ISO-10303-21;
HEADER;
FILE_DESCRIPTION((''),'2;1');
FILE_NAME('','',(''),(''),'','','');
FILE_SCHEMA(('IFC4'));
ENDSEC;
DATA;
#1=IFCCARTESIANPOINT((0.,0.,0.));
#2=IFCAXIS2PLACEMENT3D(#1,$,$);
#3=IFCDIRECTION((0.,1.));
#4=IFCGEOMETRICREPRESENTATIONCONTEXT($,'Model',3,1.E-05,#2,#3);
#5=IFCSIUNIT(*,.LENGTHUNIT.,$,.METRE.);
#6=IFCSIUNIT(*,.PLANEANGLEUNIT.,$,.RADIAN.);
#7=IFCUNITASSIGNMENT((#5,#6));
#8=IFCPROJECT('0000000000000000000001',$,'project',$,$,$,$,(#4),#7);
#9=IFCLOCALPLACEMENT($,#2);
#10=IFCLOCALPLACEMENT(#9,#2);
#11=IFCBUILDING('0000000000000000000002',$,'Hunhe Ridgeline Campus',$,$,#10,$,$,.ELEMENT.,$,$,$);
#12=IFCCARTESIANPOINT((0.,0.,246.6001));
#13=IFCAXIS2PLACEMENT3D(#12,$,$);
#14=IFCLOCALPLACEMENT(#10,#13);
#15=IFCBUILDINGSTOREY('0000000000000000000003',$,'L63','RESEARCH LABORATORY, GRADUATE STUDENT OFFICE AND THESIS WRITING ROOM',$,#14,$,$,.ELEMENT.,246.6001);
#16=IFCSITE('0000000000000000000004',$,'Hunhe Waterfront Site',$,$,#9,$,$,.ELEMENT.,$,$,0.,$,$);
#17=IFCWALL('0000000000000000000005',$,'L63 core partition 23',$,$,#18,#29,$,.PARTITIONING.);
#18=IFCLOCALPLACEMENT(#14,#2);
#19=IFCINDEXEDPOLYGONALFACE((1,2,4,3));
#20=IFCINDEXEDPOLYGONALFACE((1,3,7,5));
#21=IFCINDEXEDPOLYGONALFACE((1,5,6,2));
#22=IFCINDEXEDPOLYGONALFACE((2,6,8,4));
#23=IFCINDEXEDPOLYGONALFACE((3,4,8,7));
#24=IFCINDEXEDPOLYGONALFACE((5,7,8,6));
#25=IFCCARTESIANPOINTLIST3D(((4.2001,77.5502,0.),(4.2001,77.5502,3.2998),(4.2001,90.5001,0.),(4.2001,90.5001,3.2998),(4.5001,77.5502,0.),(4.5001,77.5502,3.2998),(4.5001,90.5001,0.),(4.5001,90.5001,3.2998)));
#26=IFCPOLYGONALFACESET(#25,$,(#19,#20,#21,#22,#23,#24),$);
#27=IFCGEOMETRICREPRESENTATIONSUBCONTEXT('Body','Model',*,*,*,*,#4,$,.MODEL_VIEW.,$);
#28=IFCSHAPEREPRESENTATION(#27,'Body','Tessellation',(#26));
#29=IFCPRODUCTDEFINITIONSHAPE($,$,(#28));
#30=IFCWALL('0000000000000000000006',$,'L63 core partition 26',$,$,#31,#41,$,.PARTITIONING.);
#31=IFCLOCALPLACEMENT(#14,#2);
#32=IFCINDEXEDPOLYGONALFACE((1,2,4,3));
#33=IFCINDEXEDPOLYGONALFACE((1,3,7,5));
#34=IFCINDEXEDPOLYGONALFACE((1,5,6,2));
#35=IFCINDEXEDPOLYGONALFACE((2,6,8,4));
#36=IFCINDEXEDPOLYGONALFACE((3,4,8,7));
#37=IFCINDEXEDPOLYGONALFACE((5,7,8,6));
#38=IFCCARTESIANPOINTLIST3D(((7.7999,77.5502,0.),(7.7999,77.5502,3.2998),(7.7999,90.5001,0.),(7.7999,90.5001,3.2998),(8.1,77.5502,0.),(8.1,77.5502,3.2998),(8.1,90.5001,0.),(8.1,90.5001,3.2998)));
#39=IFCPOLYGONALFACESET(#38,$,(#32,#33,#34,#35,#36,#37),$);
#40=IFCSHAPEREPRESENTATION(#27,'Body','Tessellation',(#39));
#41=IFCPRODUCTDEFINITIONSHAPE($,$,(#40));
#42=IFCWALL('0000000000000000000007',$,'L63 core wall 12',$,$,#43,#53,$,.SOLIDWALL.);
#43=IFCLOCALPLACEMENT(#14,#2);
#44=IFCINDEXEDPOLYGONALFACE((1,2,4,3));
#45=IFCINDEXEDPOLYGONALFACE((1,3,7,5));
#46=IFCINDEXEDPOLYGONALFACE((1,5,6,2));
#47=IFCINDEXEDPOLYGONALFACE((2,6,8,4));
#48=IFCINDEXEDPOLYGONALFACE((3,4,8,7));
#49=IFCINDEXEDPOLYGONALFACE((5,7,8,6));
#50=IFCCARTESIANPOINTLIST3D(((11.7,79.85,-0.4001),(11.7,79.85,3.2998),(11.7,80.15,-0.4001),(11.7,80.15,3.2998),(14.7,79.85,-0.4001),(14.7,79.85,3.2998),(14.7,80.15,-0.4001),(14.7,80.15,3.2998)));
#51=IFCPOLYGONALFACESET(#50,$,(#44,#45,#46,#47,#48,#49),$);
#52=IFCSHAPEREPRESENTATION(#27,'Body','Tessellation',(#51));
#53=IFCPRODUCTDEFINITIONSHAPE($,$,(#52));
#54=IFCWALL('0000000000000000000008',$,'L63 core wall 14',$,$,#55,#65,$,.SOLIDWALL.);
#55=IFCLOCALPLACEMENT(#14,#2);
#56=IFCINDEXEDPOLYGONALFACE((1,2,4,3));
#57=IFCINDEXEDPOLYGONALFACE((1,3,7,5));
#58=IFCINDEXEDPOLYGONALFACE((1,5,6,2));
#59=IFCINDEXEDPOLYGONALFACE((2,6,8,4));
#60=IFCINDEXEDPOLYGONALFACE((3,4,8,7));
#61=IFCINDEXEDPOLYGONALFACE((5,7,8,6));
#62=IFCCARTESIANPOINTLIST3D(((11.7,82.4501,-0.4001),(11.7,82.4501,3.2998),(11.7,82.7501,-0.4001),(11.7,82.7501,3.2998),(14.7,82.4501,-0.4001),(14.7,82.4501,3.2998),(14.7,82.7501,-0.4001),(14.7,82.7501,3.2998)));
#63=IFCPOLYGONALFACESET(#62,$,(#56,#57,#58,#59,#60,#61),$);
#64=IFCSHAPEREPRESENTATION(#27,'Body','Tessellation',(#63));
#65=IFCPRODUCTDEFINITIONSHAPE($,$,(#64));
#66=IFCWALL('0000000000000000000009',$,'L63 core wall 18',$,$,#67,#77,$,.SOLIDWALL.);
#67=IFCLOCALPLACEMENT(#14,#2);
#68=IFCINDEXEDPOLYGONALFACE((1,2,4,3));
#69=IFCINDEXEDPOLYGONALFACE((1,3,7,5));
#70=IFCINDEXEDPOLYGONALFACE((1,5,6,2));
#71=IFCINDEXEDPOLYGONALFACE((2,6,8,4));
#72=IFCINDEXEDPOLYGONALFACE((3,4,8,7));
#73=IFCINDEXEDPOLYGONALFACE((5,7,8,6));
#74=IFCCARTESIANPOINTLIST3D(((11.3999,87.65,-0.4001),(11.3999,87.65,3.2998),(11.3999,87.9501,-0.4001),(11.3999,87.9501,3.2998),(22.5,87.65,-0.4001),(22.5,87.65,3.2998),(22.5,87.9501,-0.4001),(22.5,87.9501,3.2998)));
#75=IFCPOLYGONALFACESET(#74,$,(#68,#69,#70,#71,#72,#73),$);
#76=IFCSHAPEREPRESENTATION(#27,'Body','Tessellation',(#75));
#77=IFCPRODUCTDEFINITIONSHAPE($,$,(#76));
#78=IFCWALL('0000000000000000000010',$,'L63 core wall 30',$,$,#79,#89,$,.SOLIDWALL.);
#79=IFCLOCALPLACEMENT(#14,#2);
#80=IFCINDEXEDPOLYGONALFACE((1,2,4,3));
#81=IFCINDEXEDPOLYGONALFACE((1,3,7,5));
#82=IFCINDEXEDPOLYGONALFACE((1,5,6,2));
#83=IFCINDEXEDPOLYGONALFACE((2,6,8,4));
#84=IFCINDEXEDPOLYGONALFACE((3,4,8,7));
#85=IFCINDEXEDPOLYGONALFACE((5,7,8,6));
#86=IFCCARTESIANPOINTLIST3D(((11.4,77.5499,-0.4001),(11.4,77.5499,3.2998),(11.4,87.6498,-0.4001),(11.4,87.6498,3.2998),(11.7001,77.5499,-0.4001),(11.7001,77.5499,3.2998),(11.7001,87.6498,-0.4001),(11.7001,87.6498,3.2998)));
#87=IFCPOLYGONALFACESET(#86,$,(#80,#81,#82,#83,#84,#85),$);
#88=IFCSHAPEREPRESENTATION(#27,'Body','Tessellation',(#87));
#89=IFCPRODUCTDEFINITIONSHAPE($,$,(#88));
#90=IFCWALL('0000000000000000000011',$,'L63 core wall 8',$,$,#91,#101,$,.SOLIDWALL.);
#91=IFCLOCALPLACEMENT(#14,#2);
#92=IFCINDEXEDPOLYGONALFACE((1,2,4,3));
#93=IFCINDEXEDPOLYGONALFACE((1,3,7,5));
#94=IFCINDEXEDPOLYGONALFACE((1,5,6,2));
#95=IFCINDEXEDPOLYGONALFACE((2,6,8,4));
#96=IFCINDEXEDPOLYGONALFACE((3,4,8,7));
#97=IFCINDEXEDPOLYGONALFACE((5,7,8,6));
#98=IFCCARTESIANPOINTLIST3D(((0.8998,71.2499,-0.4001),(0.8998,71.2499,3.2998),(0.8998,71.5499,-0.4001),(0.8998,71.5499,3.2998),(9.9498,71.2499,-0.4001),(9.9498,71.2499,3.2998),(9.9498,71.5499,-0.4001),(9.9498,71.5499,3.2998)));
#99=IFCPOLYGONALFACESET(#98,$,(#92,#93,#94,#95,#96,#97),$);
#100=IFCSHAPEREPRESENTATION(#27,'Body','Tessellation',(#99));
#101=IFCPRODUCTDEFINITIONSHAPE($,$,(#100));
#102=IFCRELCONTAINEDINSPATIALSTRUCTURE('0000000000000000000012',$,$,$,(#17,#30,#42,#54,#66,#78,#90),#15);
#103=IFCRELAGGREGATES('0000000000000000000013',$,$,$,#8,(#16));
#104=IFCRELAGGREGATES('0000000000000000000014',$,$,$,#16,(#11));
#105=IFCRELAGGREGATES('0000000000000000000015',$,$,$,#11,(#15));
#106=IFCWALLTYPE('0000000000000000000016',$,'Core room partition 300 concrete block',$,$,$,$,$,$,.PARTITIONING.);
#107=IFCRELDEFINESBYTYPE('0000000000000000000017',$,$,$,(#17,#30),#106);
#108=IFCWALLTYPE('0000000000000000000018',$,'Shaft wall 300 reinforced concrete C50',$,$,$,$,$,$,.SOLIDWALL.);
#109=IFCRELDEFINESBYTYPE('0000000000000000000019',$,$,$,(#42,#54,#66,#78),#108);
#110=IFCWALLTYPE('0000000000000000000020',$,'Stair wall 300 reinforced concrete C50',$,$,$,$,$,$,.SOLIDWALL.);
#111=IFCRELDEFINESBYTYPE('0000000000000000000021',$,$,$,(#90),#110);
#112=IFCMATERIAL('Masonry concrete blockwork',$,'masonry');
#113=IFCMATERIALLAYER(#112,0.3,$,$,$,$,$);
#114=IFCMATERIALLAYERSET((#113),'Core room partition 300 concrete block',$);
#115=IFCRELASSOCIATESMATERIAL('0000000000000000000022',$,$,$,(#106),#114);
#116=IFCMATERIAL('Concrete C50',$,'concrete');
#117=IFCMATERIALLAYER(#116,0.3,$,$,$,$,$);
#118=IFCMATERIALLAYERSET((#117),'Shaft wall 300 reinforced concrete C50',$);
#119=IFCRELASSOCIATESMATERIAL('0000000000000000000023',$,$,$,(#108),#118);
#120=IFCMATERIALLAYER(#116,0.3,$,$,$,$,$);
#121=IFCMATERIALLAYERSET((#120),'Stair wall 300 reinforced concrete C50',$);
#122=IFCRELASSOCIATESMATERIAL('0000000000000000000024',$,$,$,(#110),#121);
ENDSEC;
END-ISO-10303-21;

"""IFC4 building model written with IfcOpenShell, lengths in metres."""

from ifc_helpers import new_model, si_unit, direction, frame, frame_2d, origin, place, context, subcontext, project, spatial, rectangle, extrude, material, layer, layer_set, type_object, element, save


model = new_model("IFC4")

# Units and contexts
model_context = context("Model", 3, precision=1e-05, world=origin(), true_north=direction((0.0, 1.0)))
body_context = subcontext(model_context, "Body", "Model", "MODEL_VIEW")
ifc_project = project(units=[si_unit("LENGTHUNIT", "METRE"), si_unit("PLANEANGLEUNIT", "RADIAN")], contexts=[model_context])

# Site, building, storey
site_placement = place(None, origin())
site = spatial("IfcSite", under=ifc_project, at=site_placement, Name="Hunhe Waterfront Site", CompositionType="ELEMENT", RefElevation=0.0)
building_placement = place(site_placement, origin())
building = spatial("IfcBuilding", under=site, at=building_placement, Name="Hunhe Ridgeline Campus", CompositionType="ELEMENT")
storey_placement = place(building_placement, frame((0.0, 0.0, 246.6001)))
storey = spatial("IfcBuildingStorey", under=building, at=storey_placement, Name="L63", Description="RESEARCH LABORATORY, GRADUATE STUDENT OFFICE AND THESIS WRITING ROOM", CompositionType="ELEMENT", Elevation=246.6001)

# Shared definitions
ifc_material_1 = material(Name="Masonry concrete blockwork", Category="masonry")
ifc_layer_1 = layer(ifc_material_1, 0.3)
ifc_layer_set_1 = layer_set([ifc_layer_1], Name="Core room partition 300 concrete block")
wall_type_1 = type_object("IfcWallType", Name="Core room partition 300 concrete block", PredefinedType="PARTITIONING", material=ifc_layer_set_1)

# Walls
for number, where, z_axis, x_axis, name in (
    (1, (4.3501, 77.55, 0.0), (0.0, 0.0, 1.0), (0.0, 1.0, 0.0), "L63 core partition 23"),
    (2, (7.95, 77.55, 0.0), (0.0, 0.0, 1.0), (0.0, 1.0, 0.0), "L63 core partition 26"),
):
    element("IfcWall", number, at=place(storey_placement, frame(where, z_axis=z_axis, x_axis=x_axis)), inside=storey, type_object=wall_type_1, Name=name, PredefinedType="PARTITIONING", context=body_context, shape_type="SweptSolid", body=[
        extrude(rectangle(XDim=12.95, YDim=0.3, at=frame_2d((6.4751, 0.0))), origin(), (0.0, 0.0, 1.0), 3.2998),
    ])

# Shared definitions
ifc_material_2 = material(Name="Concrete C50", Category="concrete")
ifc_layer_2 = layer(ifc_material_2, 0.3)
ifc_layer_set_2 = layer_set([ifc_layer_2], Name="Shaft wall 300 reinforced concrete C50")
wall_type_2 = type_object("IfcWallType", Name="Shaft wall 300 reinforced concrete C50", PredefinedType="SOLIDWALL", material=ifc_layer_set_2)

# Walls
for number, where, z_axis, x_axis, name in (
    (3, (11.7, 80.0, -0.4001), (0.0, 0.0, 1.0), (1.0, 0.0, 0.0), "L63 core wall 12"),
    (4, (11.7, 82.6001, -0.4001), (0.0, 0.0, 1.0), (1.0, 0.0, 0.0), "L63 core wall 14"),
):
    element("IfcWall", number, at=place(storey_placement, frame(where, z_axis=z_axis, x_axis=x_axis)), inside=storey, type_object=wall_type_2, Name=name, PredefinedType="SOLIDWALL", context=body_context, shape_type="SweptSolid", body=[
        extrude(rectangle(XDim=3.0, YDim=0.3, at=frame_2d((1.5, 0.0))), origin(), (0.0, 0.0, 1.0), 3.7),
    ])
wall_1_placement = place(storey_placement, frame((11.3999, 87.8, -0.4001), z_axis=(0.0, 0.0, 1.0), x_axis=(1.0, 0.0, 0.0)))
element("IfcWall", 5, at=wall_1_placement, inside=storey, type_object=wall_type_2, Name="L63 core wall 18", PredefinedType="SOLIDWALL", context=body_context, shape_type="SweptSolid", body=[
    extrude(rectangle(XDim=11.1001, YDim=0.3, at=frame_2d((5.55, 0.0))), origin(), (0.0, 0.0, 1.0), 3.7),
])
wall_2_placement = place(storey_placement, frame((11.55, 77.55, -0.4001), z_axis=(0.0, 0.0, 1.0), x_axis=(0.0, 1.0, 0.0)))
element("IfcWall", 6, at=wall_2_placement, inside=storey, type_object=wall_type_2, Name="L63 core wall 30", PredefinedType="SOLIDWALL", context=body_context, shape_type="SweptSolid", body=[
    extrude(rectangle(XDim=10.0999, YDim=0.3, at=frame_2d((5.0498, 0.0))), origin(), (0.0, 0.0, 1.0), 3.7),
])
ifc_layer_3 = layer(ifc_material_2, 0.3)
ifc_layer_set_3 = layer_set([ifc_layer_3], Name="Stair wall 300 reinforced concrete C50")
wall_type_3 = type_object("IfcWallType", Name="Stair wall 300 reinforced concrete C50", PredefinedType="SOLIDWALL", material=ifc_layer_set_3)
wall_3_placement = place(storey_placement, frame((0.8999, 71.3999, -0.4001), z_axis=(0.0, 0.0, 1.0), x_axis=(1.0, 0.0, 0.0)))
element("IfcWall", 7, at=wall_3_placement, inside=storey, type_object=wall_type_3, Name="L63 core wall 8", PredefinedType="SOLIDWALL", context=body_context, shape_type="SweptSolid", body=[
    extrude(rectangle(XDim=9.05, YDim=0.3, at=frame_2d((4.5249, 0.0))), origin(), (0.0, 0.0, 1.0), 3.7),
])

save(model, "model.ifc")
